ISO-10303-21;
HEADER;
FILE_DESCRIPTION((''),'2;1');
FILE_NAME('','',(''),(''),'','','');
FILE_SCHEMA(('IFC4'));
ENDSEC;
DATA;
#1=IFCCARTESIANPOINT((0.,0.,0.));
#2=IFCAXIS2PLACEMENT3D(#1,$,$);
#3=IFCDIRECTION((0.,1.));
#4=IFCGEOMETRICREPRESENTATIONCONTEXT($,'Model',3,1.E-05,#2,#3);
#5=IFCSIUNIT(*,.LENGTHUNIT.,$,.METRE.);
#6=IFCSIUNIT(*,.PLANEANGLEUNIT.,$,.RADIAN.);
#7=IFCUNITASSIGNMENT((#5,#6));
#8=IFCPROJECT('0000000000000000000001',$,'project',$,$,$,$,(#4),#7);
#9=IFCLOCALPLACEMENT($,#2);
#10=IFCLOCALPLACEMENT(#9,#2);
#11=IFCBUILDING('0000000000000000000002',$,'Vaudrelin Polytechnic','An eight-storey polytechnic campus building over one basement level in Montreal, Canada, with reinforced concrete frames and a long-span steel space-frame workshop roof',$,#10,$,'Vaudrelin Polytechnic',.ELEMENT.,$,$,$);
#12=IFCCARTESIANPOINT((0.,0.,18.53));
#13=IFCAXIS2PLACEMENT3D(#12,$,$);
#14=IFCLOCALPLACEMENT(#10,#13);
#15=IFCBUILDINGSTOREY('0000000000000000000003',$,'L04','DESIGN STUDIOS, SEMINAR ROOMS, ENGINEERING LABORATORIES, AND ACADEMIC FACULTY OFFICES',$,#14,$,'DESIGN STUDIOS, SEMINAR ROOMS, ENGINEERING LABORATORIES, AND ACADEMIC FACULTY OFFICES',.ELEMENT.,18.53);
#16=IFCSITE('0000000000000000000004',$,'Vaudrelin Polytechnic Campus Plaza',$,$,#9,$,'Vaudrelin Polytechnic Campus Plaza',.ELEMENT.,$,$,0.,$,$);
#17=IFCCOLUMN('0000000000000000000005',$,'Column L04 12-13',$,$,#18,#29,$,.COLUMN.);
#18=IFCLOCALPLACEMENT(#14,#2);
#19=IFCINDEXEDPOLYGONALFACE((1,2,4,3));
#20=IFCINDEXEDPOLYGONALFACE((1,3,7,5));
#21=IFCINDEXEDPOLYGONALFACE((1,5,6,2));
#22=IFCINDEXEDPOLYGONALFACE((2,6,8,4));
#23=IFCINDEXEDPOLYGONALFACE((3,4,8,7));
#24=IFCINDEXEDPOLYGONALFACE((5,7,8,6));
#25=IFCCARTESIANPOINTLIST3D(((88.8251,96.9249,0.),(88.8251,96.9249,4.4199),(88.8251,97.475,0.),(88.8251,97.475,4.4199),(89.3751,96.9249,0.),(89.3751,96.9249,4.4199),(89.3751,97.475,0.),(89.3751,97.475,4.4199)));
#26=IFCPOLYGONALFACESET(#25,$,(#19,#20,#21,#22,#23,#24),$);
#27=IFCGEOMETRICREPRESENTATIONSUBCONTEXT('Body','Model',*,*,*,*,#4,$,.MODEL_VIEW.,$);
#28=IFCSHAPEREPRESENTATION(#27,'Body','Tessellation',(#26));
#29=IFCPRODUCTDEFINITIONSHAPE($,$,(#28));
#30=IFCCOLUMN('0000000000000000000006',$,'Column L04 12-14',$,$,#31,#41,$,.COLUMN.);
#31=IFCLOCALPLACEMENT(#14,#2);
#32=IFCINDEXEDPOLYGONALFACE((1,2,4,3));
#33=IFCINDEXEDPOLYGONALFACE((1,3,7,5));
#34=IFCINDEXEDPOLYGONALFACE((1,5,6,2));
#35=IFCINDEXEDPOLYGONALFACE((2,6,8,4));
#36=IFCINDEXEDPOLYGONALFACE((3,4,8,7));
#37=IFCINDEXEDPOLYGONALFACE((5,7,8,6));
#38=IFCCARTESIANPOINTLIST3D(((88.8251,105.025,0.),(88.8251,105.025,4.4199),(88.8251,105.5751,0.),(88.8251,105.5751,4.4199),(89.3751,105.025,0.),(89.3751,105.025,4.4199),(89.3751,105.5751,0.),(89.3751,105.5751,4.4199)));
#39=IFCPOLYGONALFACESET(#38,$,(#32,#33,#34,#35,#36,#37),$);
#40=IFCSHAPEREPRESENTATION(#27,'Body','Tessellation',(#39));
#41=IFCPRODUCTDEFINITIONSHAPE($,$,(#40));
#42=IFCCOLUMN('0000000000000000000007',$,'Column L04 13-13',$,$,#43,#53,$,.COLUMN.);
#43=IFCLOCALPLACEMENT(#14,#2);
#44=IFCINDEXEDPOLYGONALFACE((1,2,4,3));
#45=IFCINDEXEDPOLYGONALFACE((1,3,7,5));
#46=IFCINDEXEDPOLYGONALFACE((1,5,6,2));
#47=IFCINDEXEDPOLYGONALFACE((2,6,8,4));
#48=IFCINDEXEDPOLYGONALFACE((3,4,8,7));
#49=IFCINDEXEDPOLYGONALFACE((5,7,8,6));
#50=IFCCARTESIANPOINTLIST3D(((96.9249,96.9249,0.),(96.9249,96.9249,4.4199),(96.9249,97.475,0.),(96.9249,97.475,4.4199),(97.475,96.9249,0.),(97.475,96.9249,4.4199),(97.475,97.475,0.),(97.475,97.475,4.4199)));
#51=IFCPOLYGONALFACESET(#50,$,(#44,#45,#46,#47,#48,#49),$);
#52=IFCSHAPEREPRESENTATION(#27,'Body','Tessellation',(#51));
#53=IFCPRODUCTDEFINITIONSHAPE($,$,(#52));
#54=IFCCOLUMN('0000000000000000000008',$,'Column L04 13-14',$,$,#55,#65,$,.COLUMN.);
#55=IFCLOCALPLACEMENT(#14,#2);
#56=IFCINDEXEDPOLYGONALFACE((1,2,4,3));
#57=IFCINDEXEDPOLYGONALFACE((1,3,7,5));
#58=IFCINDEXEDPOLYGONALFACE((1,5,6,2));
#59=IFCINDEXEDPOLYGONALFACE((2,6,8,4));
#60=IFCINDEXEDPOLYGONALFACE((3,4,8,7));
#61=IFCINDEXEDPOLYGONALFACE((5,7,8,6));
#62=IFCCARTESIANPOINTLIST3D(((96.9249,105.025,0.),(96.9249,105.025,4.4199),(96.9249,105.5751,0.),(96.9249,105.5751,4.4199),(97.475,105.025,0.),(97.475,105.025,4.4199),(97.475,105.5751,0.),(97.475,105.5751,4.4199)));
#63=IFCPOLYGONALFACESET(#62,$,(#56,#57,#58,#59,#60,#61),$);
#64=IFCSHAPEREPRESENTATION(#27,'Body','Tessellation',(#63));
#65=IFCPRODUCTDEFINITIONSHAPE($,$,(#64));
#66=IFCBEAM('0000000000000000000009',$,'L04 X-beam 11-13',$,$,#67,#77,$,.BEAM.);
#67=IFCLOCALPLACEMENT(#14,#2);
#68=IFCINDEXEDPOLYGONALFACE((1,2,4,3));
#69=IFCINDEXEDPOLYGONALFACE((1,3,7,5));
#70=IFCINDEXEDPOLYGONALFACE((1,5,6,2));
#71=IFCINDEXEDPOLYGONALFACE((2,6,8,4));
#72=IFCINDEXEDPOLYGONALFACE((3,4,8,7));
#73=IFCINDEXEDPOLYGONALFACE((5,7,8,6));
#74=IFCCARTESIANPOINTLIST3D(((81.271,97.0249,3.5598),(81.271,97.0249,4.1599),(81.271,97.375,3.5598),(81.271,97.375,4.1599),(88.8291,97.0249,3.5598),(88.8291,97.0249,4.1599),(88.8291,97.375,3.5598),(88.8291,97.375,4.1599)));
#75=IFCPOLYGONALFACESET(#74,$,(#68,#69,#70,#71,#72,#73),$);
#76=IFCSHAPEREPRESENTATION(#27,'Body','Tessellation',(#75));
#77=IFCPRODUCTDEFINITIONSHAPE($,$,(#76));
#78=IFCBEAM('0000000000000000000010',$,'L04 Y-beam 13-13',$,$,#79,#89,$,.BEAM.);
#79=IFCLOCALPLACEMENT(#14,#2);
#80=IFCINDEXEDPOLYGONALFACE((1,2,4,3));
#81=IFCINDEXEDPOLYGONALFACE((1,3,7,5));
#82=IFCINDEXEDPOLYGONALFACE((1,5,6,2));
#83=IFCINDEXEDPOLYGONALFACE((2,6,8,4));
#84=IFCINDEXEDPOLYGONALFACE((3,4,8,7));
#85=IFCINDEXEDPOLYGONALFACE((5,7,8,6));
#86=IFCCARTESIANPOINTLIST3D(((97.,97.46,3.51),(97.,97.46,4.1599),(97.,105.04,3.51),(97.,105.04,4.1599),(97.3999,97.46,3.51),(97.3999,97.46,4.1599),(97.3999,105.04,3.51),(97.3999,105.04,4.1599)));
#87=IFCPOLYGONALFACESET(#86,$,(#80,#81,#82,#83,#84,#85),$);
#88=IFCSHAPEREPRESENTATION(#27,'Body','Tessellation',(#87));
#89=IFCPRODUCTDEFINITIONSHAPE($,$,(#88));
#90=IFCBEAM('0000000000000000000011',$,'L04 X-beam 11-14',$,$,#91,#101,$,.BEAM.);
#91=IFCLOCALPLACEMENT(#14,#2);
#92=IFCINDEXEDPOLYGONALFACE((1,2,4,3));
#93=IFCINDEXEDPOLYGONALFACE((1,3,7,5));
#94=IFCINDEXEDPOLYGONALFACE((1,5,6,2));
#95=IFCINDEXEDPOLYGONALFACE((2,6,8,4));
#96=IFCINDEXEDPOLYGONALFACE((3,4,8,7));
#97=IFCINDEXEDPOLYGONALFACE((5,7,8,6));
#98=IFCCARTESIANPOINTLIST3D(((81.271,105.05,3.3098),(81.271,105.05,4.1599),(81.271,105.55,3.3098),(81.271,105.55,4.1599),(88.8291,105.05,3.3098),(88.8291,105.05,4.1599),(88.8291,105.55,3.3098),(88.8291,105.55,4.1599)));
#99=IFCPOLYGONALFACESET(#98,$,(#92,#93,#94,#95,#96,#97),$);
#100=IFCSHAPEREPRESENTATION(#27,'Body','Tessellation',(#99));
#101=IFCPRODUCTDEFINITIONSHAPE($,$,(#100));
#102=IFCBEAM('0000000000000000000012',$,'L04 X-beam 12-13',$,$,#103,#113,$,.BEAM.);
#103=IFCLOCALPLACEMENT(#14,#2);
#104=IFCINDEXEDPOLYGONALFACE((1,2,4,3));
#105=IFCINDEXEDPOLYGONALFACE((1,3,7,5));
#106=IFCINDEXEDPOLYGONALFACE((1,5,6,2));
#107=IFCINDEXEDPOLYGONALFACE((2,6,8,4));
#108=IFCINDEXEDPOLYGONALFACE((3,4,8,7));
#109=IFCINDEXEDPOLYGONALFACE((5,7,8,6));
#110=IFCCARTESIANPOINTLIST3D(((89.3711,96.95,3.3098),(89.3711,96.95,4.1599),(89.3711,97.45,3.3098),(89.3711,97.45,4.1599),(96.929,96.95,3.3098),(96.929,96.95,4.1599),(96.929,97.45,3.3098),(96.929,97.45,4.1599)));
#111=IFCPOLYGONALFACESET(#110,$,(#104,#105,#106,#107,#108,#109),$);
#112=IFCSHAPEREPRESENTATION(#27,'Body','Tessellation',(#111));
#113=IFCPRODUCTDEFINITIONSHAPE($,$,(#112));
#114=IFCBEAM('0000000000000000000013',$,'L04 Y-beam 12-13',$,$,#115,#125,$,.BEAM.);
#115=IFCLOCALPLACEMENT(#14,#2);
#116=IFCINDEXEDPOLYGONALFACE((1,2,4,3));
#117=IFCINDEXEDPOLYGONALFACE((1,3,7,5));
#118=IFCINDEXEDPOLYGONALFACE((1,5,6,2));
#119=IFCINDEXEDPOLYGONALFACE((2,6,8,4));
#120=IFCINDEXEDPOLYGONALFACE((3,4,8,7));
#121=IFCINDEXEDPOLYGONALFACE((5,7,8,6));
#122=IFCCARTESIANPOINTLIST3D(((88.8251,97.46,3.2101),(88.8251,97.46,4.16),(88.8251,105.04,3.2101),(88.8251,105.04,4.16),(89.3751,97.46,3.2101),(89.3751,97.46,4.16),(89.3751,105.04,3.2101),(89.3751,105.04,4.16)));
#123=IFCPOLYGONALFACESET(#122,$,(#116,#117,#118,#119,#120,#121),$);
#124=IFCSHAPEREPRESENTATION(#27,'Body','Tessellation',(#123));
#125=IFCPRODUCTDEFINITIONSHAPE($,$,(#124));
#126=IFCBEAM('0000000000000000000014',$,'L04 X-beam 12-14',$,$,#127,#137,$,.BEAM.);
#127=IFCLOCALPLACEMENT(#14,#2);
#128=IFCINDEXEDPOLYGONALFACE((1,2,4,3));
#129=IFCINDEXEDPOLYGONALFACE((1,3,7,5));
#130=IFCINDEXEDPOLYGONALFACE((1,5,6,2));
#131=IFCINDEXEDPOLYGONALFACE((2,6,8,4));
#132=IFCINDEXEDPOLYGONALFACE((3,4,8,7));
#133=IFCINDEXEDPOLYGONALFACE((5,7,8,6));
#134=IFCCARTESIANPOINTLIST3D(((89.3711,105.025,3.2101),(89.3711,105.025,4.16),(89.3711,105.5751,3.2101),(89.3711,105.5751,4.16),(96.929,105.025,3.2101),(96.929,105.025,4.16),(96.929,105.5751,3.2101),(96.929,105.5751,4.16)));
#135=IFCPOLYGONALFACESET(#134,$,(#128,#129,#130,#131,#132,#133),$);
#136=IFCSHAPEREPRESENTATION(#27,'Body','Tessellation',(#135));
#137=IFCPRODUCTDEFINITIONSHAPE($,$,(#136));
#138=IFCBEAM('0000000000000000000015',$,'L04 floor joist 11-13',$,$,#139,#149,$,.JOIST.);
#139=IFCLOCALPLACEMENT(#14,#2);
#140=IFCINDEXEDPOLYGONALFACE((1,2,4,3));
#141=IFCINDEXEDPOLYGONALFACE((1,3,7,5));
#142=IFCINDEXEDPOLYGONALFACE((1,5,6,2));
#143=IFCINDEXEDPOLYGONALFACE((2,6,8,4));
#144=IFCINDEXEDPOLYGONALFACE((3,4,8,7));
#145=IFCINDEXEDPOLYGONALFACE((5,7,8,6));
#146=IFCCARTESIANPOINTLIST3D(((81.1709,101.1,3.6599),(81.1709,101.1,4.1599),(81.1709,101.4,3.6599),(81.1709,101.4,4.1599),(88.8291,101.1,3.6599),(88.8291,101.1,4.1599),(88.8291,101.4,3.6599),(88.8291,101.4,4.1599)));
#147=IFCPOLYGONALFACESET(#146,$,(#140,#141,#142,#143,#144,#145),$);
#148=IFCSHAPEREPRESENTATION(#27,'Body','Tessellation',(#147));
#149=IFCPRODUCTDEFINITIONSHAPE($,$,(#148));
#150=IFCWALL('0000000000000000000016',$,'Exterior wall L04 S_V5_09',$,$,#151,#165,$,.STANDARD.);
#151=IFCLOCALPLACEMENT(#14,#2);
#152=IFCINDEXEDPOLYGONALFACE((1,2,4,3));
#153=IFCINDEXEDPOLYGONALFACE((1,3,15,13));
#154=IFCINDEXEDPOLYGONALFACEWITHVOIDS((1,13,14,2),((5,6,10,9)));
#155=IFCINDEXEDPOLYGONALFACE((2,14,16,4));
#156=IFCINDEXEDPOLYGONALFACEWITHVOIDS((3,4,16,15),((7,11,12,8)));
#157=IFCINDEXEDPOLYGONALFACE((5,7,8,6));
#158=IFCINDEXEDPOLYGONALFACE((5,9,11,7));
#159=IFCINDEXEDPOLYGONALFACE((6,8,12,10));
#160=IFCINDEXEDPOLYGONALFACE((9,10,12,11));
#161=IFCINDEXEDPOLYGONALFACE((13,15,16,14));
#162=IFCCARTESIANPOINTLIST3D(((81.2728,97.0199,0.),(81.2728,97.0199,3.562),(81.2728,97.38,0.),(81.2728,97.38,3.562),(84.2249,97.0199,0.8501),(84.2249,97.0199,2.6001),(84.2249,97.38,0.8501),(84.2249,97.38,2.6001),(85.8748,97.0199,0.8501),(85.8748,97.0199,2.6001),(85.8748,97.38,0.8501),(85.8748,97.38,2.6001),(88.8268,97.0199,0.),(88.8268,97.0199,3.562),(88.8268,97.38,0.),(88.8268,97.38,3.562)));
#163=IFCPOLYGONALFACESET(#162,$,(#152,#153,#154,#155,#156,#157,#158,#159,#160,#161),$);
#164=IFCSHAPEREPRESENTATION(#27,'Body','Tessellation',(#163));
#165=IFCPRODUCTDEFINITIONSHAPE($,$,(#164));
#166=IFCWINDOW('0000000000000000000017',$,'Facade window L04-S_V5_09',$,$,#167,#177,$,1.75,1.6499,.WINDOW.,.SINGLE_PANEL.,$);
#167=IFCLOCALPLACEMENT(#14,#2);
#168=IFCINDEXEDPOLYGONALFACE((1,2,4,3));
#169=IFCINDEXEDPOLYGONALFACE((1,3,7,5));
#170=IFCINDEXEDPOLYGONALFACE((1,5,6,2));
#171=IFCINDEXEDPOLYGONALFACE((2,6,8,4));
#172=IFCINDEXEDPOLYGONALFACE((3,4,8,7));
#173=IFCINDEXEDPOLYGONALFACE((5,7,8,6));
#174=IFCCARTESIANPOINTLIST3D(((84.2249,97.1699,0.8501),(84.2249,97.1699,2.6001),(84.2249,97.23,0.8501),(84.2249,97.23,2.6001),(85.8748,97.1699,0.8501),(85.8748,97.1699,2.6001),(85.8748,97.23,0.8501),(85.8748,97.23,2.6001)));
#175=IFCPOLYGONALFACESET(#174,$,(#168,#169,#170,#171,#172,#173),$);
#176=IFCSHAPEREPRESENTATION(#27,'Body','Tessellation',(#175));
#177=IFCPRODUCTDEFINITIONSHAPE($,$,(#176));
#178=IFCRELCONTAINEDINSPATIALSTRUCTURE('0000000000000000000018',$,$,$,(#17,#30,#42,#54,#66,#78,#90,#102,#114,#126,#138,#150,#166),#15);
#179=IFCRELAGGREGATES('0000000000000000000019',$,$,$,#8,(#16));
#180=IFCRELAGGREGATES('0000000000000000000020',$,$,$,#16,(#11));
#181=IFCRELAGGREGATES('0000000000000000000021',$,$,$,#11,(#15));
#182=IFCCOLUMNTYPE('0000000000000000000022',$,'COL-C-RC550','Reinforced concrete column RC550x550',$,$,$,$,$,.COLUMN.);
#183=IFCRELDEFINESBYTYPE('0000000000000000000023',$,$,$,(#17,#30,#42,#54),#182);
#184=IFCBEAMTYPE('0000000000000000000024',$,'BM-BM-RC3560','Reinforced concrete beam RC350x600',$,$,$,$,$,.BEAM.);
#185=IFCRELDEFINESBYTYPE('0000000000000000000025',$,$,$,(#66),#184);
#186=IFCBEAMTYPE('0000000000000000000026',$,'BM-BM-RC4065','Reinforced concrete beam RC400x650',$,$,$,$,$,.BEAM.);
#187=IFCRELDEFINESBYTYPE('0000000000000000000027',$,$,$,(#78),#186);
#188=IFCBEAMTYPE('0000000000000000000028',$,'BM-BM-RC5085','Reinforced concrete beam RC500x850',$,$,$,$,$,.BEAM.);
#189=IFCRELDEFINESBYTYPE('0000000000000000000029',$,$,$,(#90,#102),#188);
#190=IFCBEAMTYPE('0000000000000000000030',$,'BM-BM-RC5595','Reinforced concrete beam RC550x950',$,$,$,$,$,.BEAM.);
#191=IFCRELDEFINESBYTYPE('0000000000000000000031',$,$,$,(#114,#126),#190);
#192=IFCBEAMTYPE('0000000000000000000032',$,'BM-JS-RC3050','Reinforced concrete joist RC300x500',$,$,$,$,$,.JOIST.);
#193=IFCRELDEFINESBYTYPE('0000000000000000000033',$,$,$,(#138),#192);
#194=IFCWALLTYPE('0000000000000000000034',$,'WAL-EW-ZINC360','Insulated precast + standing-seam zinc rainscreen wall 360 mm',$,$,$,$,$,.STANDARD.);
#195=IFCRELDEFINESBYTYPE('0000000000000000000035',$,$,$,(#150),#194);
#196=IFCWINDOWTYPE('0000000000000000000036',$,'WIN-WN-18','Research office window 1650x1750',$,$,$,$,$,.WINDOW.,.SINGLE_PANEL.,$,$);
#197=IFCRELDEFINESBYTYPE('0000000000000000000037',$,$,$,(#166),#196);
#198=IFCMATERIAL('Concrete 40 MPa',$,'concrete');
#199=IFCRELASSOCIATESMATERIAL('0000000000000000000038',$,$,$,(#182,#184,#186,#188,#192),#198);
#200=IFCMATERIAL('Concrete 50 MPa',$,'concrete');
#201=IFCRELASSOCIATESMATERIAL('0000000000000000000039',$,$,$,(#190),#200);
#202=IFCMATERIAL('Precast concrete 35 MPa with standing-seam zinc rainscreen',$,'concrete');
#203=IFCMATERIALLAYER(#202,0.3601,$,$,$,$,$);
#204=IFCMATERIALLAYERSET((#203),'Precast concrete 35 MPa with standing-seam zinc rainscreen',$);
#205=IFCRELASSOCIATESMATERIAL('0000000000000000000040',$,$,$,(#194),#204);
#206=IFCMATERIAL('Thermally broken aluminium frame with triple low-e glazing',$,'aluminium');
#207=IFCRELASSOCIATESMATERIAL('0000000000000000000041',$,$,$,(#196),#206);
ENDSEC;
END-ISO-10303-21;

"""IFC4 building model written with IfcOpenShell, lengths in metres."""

from ifc_helpers import new_model, si_unit, direction, frame, frame_2d, origin, origin_2d, place, context, subcontext, project, spatial, rectangle, extrude, material, layer, layer_set, material_profile, profile_set, type_object, element, fill, save


model = new_model("IFC4")

# Units and contexts
model_context = context("Model", 3, precision=1e-05, world=origin(), true_north=direction((0.0, 1.0)))
body_context = subcontext(model_context, "Body", "Model", "MODEL_VIEW")
ifc_project = project(units=[si_unit("LENGTHUNIT", "METRE"), si_unit("PLANEANGLEUNIT", "RADIAN")], contexts=[model_context])

# Site, building, storey
site_placement = place(None, origin())
site = spatial("IfcSite", under=ifc_project, at=site_placement, Name="Vaudrelin Polytechnic Campus Plaza", LongName="Vaudrelin Polytechnic Campus Plaza", CompositionType="ELEMENT", RefElevation=0.0)
building_placement = place(site_placement, origin())
building = spatial("IfcBuilding", under=site, at=building_placement, Name="Vaudrelin Polytechnic", Description="An eight-storey polytechnic campus building over one basement level in Montreal, Canada, with reinforced concrete frames and a long-span steel space-frame workshop roof", LongName="Vaudrelin Polytechnic", CompositionType="ELEMENT")
storey_placement = place(building_placement, frame((0.0, 0.0, 18.53)))
storey = spatial("IfcBuildingStorey", under=building, at=storey_placement, Name="L04", Description="DESIGN STUDIOS, SEMINAR ROOMS, ENGINEERING LABORATORIES, AND ACADEMIC FACULTY OFFICES", LongName="DESIGN STUDIOS, SEMINAR ROOMS, ENGINEERING LABORATORIES, AND ACADEMIC FACULTY OFFICES", CompositionType="ELEMENT", Elevation=18.53)

# Columns
ifc_material_1 = material(Name="Concrete 40 MPa", Category="concrete")
ifc_material_profile_1 = material_profile(ifc_material_1, rectangle(XDim=0.55, YDim=0.55, at=origin_2d()), Name="RC550x550")
ifc_profile_set_1 = profile_set([ifc_material_profile_1], Name="Concrete 40 MPa")
column_type = type_object("IfcColumnType", Name="COL-C-RC550", Description="Reinforced concrete column RC550x550", PredefinedType="COLUMN", material=ifc_profile_set_1)
for number, where, z_axis, x_axis, name in (
    (1, (89.1001, 97.2, 0.0), (0.0, 0.0, 1.0), (1.0, 0.0, 0.0), "Column L04 12-13"),
    (2, (89.1001, 105.3, 0.0), (0.0, 0.0, 1.0), (1.0, 0.0, 0.0), "Column L04 12-14"),
    (3, (97.2, 97.2, 0.0), (0.0, 0.0, 1.0), (1.0, 0.0, 0.0), "Column L04 13-13"),
    (4, (97.2, 105.3, 0.0), (0.0, 0.0, 1.0), (1.0, 0.0, 0.0), "Column L04 13-14"),
):
    element("IfcColumn", number, at=place(storey_placement, frame(where, z_axis=z_axis, x_axis=x_axis)), inside=storey, type_object=column_type, Name=name, PredefinedType="COLUMN", context=body_context, shape_type="SweptSolid", body=[
        extrude(rectangle(XDim=0.55, YDim=0.55, at=origin_2d()), origin(), (0.0, 0.0, 1.0), 4.4199),
    ])

# Beams
ifc_material_profile_2 = material_profile(ifc_material_1, rectangle(XDim=0.3501, YDim=0.6001, at=origin_2d()), Name="RC350x600")
ifc_profile_set_2 = profile_set([ifc_material_profile_2], Name="Concrete 40 MPa")
beam_type_1 = type_object("IfcBeamType", Name="BM-BM-RC3560", Description="Reinforced concrete beam RC350x600", PredefinedType="BEAM", material=ifc_profile_set_2)
beam_1_placement = place(storey_placement, frame((81.271, 97.2, 3.8599), z_axis=(1.0, 0.0, 0.0), x_axis=(0.0, 1.0, 0.0)))
element("IfcBeam", 5, at=beam_1_placement, inside=storey, type_object=beam_type_1, Name="L04 X-beam 11-13", PredefinedType="BEAM", context=body_context, shape_type="SweptSolid", body=[
    extrude(rectangle(XDim=0.3501, YDim=0.6001, at=origin_2d()), origin(), (0.0, 0.0, 1.0), 7.5581),
])
ifc_material_profile_3 = material_profile(ifc_material_1, rectangle(XDim=0.3999, YDim=0.6499, at=origin_2d()), Name="RC400x650")
ifc_profile_set_3 = profile_set([ifc_material_profile_3], Name="Concrete 40 MPa")
beam_type_2 = type_object("IfcBeamType", Name="BM-BM-RC4065", Description="Reinforced concrete beam RC400x650", PredefinedType="BEAM", material=ifc_profile_set_3)
beam_2_placement = place(storey_placement, frame((97.2, 97.46, 3.835), z_axis=(0.0, 1.0, 0.0), x_axis=(-1.0, 0.0, 0.0)))
element("IfcBeam", 6, at=beam_2_placement, inside=storey, type_object=beam_type_2, Name="L04 Y-beam 13-13", PredefinedType="BEAM", context=body_context, shape_type="SweptSolid", body=[
    extrude(rectangle(XDim=0.3999, YDim=0.6499, at=origin_2d()), origin(), (0.0, 0.0, 1.0), 7.5801),
])
ifc_material_profile_4 = material_profile(ifc_material_1, rectangle(XDim=0.5, YDim=0.8501, at=origin_2d()), Name="RC500x850")
ifc_profile_set_4 = profile_set([ifc_material_profile_4], Name="Concrete 40 MPa")
beam_type_3 = type_object("IfcBeamType", Name="BM-BM-RC5085", Description="Reinforced concrete beam RC500x850", PredefinedType="BEAM", material=ifc_profile_set_4)
beam_3_placement = place(storey_placement, frame((81.271, 105.3, 3.7349), z_axis=(1.0, 0.0, 0.0), x_axis=(0.0, 1.0, 0.0)))
element("IfcBeam", 7, at=beam_3_placement, inside=storey, type_object=beam_type_3, Name="L04 X-beam 11-14", PredefinedType="BEAM", context=body_context, shape_type="SweptSolid", body=[
    extrude(rectangle(XDim=0.5, YDim=0.8501, at=origin_2d()), origin(), (0.0, 0.0, 1.0), 7.5581),
])
beam_4_placement = place(storey_placement, frame((89.3711, 97.2, 3.7349), z_axis=(1.0, 0.0, 0.0), x_axis=(0.0, 1.0, 0.0)))
element("IfcBeam", 8, at=beam_4_placement, inside=storey, type_object=beam_type_3, Name="L04 X-beam 12-13", PredefinedType="BEAM", context=body_context, shape_type="SweptSolid", body=[
    extrude(rectangle(XDim=0.5, YDim=0.8501, at=origin_2d()), origin(), (0.0, 0.0, 1.0), 7.5579),
])
ifc_material_2 = material(Name="Concrete 50 MPa", Category="concrete")
ifc_material_profile_5 = material_profile(ifc_material_2, rectangle(XDim=0.55, YDim=0.95, at=origin_2d()), Name="RC550x950")
ifc_profile_set_5 = profile_set([ifc_material_profile_5], Name="Concrete 50 MPa")
beam_type_4 = type_object("IfcBeamType", Name="BM-BM-RC5595", Description="Reinforced concrete beam RC550x950", PredefinedType="BEAM", material=ifc_profile_set_5)
beam_5_placement = place(storey_placement, frame((89.1001, 97.46, 3.6851), z_axis=(0.0, 1.0, 0.0), x_axis=(-1.0, 0.0, 0.0)))
element("IfcBeam", 9, at=beam_5_placement, inside=storey, type_object=beam_type_4, Name="L04 Y-beam 12-13", PredefinedType="BEAM", context=body_context, shape_type="SweptSolid", body=[
    extrude(rectangle(XDim=0.55, YDim=0.95, at=origin_2d()), origin(), (0.0, 0.0, 1.0), 7.5801),
])
beam_6_placement = place(storey_placement, frame((89.3711, 105.3, 3.6851), z_axis=(1.0, 0.0, 0.0), x_axis=(0.0, 1.0, 0.0)))
element("IfcBeam", 10, at=beam_6_placement, inside=storey, type_object=beam_type_4, Name="L04 X-beam 12-14", PredefinedType="BEAM", context=body_context, shape_type="SweptSolid", body=[
    extrude(rectangle(XDim=0.55, YDim=0.95, at=origin_2d()), origin(), (0.0, 0.0, 1.0), 7.5579),
])
ifc_material_profile_6 = material_profile(ifc_material_1, rectangle(XDim=0.3, YDim=0.5, at=origin_2d()), Name="RC300x500")
ifc_profile_set_6 = profile_set([ifc_material_profile_6], Name="Concrete 40 MPa")
beam_type_5 = type_object("IfcBeamType", Name="BM-JS-RC3050", Description="Reinforced concrete joist RC300x500", PredefinedType="JOIST", material=ifc_profile_set_6)
beam_7_placement = place(storey_placement, frame((81.1709, 101.25, 3.9099), z_axis=(1.0, 0.0, 0.0), x_axis=(0.0, 1.0, 0.0)))
element("IfcBeam", 11, at=beam_7_placement, inside=storey, type_object=beam_type_5, Name="L04 floor joist 11-13", PredefinedType="JOIST", context=body_context, shape_type="SweptSolid", body=[
    extrude(rectangle(XDim=0.3, YDim=0.5, at=origin_2d()), origin(), (0.0, 0.0, 1.0), 7.6582),
])

# Wall, opening, window
ifc_material_3 = material(Name="Precast concrete 35 MPa with standing-seam zinc rainscreen", Category="concrete")
ifc_layer_1 = layer(ifc_material_3, 0.3601)
ifc_layer_set_1 = layer_set([ifc_layer_1], Name="Precast concrete 35 MPa with standing-seam zinc rainscreen")
wall_type_1 = type_object("IfcWallType", Name="WAL-EW-ZINC360", Description="Insulated precast + standing-seam zinc rainscreen wall 360 mm", PredefinedType="STANDARD", material=ifc_layer_set_1)
wall_1_placement = place(storey_placement, frame((81.2729, 97.2, 0.0), z_axis=(0.0, 0.0, 1.0), x_axis=(1.0, 0.0, 0.0)))
wall_1 = element("IfcWall", 12, at=wall_1_placement, inside=storey, type_object=wall_type_1, Name="Exterior wall L04 S_V5_09", PredefinedType="STANDARD", context=body_context, shape_type="SweptSolid", body=[
    extrude(rectangle(XDim=7.554, YDim=0.3601, at=frame_2d((3.7769, 0.0))), origin(), (0.0, 0.0, 1.0), 3.562),
])
opening_1_placement = place(wall_1_placement, frame((2.9519, 0.0, 0.8501)))
opening_1 = element("IfcOpeningElement", 13, at=opening_1_placement, cuts=wall_1, PredefinedType="OPENING", context=body_context, shape_type="SweptSolid", body=[
    extrude(rectangle(XDim=1.6499, YDim=1.75, at=frame_2d((0.825, 0.875))), frame((0.0, 0.1899, 0.0), z_axis=(0.0, -1.0, 0.0), x_axis=(1.0, 0.0, 0.0)), (0.0, 0.0, 1.0), 0.3801),
])
ifc_material_4 = material(Name="Thermally broken aluminium frame with triple low-e glazing", Category="aluminium")
window_type_1 = type_object("IfcWindowType", Name="WIN-WN-18", Description="Research office window 1650x1750", PartitioningType="SINGLE_PANEL", PredefinedType="WINDOW", material=ifc_material_4)
window_1_placement = place(opening_1_placement, origin())
window_1 = element("IfcWindow", 14, at=window_1_placement, inside=storey, type_object=window_type_1, Name="Facade window L04-S_V5_09", OverallHeight=1.75, OverallWidth=1.6499, PartitioningType="SINGLE_PANEL", PredefinedType="WINDOW", context=body_context, shape_type="SweptSolid", body=[
    extrude(rectangle(XDim=1.6499, YDim=1.75, at=frame_2d((0.825, 0.875))), frame((0.0, 0.03, 0.0), z_axis=(0.0, -1.0, 0.0), x_axis=(1.0, 0.0, 0.0)), (0.0, 0.0, 1.0), 0.0601),
])
fill(opening_1, window_1)

save(model, "model.ifc")
